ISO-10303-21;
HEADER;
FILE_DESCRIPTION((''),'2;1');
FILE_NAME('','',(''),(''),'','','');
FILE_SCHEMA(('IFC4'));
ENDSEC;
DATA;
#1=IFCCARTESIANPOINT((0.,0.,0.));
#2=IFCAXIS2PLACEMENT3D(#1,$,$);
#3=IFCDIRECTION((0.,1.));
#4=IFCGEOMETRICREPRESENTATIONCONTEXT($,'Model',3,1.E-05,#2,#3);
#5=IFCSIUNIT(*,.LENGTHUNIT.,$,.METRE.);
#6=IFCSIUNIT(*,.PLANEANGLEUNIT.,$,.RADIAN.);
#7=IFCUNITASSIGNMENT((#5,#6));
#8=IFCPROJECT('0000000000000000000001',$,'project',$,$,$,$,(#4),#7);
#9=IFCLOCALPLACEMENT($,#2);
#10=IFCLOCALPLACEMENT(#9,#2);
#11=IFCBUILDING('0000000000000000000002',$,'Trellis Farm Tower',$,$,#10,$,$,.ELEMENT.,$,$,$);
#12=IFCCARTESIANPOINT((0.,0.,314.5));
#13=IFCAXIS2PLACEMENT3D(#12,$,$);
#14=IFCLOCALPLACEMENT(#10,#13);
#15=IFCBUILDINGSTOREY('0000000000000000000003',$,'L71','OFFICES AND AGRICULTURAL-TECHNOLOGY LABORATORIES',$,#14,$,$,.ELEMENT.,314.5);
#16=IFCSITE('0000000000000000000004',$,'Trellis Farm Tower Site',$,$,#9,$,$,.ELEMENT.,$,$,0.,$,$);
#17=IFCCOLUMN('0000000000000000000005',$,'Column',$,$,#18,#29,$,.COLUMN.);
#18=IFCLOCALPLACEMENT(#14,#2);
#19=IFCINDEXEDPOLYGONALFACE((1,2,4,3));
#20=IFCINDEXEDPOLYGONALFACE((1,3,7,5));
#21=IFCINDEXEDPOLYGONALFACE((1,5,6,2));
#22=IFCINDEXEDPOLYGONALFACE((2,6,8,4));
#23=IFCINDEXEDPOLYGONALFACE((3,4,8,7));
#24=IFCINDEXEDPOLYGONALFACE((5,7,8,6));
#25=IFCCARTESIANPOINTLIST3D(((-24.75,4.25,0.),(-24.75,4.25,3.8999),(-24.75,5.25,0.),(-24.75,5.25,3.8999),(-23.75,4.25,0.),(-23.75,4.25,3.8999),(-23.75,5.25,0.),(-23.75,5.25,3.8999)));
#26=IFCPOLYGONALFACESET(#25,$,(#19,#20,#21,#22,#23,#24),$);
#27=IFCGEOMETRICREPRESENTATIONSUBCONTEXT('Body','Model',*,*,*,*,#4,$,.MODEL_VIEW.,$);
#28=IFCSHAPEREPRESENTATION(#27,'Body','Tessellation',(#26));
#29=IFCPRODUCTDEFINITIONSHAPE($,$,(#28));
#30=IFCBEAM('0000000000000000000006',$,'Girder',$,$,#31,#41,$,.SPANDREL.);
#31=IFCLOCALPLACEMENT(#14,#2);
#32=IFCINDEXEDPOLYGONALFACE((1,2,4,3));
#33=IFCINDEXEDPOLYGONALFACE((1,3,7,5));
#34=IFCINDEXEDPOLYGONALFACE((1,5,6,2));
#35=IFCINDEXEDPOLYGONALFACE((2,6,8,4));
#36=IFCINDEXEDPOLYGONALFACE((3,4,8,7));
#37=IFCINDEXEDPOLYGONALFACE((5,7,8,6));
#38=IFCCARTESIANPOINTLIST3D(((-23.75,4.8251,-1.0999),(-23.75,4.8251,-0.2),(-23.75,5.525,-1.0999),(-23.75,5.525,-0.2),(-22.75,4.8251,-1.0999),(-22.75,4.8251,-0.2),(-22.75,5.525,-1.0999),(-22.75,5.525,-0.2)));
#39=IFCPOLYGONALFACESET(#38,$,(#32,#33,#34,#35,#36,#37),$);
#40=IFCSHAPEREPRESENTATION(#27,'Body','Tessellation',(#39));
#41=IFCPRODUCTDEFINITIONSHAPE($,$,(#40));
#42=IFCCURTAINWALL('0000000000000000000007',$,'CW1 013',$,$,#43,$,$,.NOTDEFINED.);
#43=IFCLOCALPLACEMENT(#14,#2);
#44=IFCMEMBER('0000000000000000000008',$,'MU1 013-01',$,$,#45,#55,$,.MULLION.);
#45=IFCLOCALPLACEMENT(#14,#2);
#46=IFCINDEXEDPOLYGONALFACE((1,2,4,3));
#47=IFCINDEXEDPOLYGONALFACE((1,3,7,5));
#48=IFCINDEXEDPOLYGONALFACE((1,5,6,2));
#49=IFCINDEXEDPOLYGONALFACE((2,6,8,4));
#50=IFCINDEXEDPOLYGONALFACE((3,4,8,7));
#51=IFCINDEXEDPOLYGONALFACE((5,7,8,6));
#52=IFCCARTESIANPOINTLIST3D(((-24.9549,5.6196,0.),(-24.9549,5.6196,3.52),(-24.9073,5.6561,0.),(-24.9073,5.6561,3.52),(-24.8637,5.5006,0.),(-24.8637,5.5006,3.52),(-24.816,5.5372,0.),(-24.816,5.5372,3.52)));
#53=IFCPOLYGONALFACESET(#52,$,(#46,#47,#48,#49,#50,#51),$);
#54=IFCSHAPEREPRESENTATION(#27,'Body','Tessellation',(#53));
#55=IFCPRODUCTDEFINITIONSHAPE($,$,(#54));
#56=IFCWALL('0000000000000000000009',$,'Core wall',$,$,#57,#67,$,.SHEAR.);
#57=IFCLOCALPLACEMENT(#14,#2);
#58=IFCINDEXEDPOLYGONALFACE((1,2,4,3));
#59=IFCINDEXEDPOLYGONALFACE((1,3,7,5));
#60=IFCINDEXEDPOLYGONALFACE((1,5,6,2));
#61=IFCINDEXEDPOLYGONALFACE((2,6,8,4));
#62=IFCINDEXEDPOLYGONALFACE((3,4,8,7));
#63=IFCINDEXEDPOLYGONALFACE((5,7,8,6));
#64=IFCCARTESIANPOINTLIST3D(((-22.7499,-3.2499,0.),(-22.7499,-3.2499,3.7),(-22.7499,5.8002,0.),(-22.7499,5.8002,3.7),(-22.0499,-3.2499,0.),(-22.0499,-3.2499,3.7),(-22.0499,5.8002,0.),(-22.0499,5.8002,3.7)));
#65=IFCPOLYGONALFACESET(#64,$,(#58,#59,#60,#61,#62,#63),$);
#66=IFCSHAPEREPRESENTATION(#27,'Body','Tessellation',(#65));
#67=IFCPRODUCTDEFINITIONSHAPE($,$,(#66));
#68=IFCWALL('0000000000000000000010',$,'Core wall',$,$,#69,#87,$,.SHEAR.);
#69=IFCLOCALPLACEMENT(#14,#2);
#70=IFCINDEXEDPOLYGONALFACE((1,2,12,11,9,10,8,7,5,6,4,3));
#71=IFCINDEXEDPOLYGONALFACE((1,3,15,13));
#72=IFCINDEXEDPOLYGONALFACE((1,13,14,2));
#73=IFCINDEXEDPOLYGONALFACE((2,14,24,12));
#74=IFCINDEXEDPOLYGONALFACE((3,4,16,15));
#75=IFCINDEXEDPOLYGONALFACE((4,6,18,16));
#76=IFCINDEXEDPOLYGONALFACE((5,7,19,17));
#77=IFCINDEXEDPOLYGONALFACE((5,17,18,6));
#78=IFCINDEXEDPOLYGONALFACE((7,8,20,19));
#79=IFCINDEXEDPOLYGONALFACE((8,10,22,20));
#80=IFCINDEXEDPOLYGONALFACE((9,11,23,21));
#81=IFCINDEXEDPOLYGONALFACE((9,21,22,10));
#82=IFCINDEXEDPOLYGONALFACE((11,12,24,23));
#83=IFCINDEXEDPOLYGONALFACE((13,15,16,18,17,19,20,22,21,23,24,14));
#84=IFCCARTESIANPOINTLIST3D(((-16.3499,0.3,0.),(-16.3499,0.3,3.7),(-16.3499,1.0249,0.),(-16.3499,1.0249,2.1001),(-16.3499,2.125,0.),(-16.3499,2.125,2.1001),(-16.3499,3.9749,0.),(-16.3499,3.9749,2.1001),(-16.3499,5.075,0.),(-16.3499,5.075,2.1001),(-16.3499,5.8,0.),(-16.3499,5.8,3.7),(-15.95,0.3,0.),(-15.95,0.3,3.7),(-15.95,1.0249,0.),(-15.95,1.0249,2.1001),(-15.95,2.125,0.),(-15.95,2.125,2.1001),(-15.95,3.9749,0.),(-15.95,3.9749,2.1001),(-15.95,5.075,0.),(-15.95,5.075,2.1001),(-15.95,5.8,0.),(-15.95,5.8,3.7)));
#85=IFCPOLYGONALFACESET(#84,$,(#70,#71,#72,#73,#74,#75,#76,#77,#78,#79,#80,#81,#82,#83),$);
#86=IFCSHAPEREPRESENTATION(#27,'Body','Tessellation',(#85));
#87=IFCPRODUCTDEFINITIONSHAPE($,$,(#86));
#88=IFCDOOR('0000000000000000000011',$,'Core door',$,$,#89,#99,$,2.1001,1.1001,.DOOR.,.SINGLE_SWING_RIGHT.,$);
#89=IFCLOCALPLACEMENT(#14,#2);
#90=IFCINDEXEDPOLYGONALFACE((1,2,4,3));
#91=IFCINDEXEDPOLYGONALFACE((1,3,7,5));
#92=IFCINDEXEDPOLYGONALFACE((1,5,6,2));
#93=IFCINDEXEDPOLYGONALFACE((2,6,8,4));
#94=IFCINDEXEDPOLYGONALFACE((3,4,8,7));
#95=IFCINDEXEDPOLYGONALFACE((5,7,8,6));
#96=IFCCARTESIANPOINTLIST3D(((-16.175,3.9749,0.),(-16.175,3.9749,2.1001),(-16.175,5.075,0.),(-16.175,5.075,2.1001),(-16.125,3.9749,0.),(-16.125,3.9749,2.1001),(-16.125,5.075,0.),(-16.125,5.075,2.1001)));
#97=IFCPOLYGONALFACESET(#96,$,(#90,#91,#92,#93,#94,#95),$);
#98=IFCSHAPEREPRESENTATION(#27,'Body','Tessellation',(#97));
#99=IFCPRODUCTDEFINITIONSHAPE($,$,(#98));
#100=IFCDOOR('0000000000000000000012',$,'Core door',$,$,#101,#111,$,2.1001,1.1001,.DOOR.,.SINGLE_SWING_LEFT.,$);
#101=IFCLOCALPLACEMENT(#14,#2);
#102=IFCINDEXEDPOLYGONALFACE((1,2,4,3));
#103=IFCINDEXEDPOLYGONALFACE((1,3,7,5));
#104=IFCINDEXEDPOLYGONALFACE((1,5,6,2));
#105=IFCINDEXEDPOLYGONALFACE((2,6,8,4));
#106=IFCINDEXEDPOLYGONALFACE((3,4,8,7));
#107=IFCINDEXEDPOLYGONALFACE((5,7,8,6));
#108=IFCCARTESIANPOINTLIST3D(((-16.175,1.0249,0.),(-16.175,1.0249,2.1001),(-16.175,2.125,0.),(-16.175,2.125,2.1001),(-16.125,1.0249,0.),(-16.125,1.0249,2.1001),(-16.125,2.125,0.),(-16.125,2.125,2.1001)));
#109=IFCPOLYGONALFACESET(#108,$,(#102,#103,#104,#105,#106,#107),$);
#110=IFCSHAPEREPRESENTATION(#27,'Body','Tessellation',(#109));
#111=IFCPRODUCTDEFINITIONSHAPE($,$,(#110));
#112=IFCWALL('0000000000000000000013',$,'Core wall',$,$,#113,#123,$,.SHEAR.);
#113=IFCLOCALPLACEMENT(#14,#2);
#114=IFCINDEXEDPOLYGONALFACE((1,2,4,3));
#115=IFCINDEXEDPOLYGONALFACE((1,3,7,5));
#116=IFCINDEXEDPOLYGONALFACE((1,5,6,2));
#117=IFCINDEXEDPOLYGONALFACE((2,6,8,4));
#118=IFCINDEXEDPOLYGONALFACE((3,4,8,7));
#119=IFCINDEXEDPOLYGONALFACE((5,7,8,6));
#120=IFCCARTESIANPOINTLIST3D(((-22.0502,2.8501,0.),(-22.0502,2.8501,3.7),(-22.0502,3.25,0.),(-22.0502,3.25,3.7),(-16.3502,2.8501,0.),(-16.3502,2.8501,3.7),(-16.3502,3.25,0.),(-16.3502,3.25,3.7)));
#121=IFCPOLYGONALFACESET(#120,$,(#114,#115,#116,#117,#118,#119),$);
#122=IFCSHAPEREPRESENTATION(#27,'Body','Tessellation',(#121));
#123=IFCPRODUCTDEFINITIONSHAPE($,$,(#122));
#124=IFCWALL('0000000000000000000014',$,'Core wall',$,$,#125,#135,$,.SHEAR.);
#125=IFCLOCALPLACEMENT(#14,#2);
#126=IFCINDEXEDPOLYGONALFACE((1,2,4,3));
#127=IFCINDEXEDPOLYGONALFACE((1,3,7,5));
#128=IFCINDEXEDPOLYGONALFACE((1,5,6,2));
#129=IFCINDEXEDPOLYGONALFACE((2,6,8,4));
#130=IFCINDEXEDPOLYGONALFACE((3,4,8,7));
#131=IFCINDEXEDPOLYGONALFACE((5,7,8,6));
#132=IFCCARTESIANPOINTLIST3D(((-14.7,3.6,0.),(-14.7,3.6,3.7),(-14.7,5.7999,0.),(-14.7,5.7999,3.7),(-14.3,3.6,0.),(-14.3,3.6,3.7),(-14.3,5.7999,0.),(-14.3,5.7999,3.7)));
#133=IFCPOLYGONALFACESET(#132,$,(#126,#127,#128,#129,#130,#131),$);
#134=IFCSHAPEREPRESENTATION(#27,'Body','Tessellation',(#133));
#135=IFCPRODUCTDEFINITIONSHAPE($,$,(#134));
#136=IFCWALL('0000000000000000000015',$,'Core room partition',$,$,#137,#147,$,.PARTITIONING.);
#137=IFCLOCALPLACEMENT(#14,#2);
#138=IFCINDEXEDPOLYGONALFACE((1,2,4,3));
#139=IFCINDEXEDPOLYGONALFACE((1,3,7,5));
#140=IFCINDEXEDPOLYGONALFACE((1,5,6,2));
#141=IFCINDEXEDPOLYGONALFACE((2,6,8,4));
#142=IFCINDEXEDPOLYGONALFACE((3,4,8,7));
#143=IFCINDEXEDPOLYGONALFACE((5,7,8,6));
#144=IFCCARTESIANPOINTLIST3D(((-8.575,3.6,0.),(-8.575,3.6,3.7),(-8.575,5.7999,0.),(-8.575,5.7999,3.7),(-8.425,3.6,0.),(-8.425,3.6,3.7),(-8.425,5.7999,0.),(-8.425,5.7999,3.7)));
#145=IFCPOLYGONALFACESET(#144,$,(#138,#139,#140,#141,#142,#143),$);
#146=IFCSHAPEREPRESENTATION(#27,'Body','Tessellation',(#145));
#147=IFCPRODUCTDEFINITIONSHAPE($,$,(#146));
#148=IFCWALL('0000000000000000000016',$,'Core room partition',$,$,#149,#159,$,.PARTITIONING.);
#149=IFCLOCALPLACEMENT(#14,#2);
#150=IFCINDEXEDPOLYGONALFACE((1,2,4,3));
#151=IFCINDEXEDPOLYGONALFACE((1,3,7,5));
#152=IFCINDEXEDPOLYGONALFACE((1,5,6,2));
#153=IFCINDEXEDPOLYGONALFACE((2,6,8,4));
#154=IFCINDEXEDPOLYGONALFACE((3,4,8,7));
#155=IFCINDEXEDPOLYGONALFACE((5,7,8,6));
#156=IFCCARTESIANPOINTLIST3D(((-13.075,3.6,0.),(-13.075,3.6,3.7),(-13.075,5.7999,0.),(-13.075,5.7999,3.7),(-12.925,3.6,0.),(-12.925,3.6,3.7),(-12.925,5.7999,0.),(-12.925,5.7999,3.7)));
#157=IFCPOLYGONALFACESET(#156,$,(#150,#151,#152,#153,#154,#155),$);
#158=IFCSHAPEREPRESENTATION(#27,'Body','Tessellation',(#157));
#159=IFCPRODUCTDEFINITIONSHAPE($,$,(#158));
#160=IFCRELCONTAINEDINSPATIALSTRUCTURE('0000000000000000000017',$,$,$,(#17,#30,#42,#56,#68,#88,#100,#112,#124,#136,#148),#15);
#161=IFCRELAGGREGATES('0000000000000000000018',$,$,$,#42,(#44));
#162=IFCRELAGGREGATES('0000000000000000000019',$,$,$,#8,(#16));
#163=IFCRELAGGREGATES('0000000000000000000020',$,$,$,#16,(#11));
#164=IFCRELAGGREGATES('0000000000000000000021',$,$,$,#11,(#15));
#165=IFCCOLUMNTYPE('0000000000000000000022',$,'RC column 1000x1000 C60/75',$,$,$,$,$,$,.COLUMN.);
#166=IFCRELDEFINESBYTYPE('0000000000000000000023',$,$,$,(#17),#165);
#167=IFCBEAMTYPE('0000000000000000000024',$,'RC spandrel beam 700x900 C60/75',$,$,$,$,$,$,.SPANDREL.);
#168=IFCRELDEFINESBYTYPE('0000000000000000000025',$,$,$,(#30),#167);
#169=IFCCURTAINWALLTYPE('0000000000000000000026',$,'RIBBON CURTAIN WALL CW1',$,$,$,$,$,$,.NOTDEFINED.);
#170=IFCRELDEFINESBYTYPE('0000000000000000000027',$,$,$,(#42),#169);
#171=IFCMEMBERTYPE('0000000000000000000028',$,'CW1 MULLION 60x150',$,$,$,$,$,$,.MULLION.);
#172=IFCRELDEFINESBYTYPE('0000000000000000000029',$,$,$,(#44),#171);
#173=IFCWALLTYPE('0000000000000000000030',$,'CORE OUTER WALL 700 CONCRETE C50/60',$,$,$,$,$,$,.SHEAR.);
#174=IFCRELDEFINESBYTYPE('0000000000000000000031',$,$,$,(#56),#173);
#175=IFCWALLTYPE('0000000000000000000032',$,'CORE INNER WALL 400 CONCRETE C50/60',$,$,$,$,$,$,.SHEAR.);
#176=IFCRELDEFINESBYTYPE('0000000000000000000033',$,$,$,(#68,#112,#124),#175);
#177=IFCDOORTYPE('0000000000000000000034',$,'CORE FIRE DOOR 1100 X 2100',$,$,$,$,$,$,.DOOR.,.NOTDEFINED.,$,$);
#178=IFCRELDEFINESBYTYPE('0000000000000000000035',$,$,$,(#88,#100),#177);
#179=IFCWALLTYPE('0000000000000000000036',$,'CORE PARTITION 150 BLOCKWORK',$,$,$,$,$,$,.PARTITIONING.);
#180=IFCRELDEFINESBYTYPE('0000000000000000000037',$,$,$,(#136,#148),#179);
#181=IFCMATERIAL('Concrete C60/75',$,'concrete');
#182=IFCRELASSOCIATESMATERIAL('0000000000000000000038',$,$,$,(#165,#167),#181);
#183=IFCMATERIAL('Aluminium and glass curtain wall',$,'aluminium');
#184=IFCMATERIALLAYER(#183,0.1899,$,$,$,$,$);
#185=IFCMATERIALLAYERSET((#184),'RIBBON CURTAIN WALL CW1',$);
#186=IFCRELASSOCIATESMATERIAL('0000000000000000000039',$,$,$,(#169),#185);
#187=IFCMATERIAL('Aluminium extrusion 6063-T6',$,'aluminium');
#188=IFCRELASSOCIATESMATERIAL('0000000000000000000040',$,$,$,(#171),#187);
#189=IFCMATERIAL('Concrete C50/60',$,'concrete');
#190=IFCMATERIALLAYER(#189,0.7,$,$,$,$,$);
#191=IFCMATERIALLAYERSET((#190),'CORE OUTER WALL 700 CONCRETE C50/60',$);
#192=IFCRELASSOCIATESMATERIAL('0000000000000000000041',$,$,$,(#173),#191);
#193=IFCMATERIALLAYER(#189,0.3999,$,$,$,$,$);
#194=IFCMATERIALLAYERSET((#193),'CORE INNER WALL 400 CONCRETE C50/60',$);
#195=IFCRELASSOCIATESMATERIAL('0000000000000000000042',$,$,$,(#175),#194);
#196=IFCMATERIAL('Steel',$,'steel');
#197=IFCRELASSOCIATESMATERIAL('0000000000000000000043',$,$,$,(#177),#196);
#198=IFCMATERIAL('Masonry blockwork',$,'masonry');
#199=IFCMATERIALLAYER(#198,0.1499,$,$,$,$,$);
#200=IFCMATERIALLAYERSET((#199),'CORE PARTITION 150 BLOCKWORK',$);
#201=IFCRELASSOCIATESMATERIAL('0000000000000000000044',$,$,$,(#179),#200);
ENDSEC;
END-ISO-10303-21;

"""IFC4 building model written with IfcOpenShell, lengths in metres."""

from ifc_helpers import new_model, si_unit, direction, frame, frame_2d, origin, origin_2d, place, context, subcontext, project, spatial, rectangle, extrude, source, transform, mapped, material, layer, layer_set, material_profile, profile_set, type_object, element, fill, aggregate, save


model = new_model("IFC4")

# Units and contexts
model_context = context("Model", 3, precision=1e-05, world=origin(), true_north=direction((0.0, 1.0)))
body_context = subcontext(model_context, "Body", "Model", "MODEL_VIEW")
ifc_project = project(units=[si_unit("LENGTHUNIT", "METRE"), si_unit("PLANEANGLEUNIT", "RADIAN")], contexts=[model_context])

# Site, building, storey
site_placement = place(None, origin())
site = spatial("IfcSite", under=ifc_project, at=site_placement, Name="Trellis Farm Tower Site", CompositionType="ELEMENT", RefElevation=0.0)
building_placement = place(site_placement, origin())
building = spatial("IfcBuilding", under=site, at=building_placement, Name="Trellis Farm Tower", CompositionType="ELEMENT")
storey_placement = place(building_placement, frame((0.0, 0.0, 314.5)))
storey = spatial("IfcBuildingStorey", under=building, at=storey_placement, Name="L71", Description="OFFICES AND AGRICULTURAL-TECHNOLOGY LABORATORIES", CompositionType="ELEMENT", Elevation=314.5)

# Column
ifc_material_1 = material(Name="Concrete C60/75", Category="concrete")
ifc_material_profile_1 = material_profile(ifc_material_1, rectangle(XDim=1.0, YDim=1.0, at=origin_2d()), Name="RC column 1000x1000 C60/75")
ifc_profile_set_1 = profile_set([ifc_material_profile_1], Name="Concrete C60/75")
column_type = type_object("IfcColumnType", Name="RC column 1000x1000 C60/75", PredefinedType="COLUMN", material=ifc_profile_set_1)
shared_shape_1 = source(origin(), body_context, "Body", "SweptSolid", [
    extrude(rectangle(XDim=1.0, YDim=1.0, at=origin_2d()), origin(), (0.0, 0.0, 1.0), 3.8999),
])
column_placement = place(storey_placement, frame((-24.25, 4.75, 0.0), z_axis=(0.0, 0.0, 1.0), x_axis=(1.0, 0.0, 0.0)))
element("IfcColumn", 1, at=column_placement, inside=storey, type_object=column_type, Name="Column", PredefinedType="COLUMN", context=body_context, shape_type="MappedRepresentation", body=[
    mapped(shared_shape_1, transform((0.0, 0.0, 0.0))),
])

# Beam
ifc_material_profile_2 = material_profile(ifc_material_1, rectangle(XDim=0.7, YDim=0.8999, at=origin_2d()), Name="RC spandrel beam 700x900 C60/75")
ifc_profile_set_2 = profile_set([ifc_material_profile_2], Name="Concrete C60/75")
beam_type = type_object("IfcBeamType", Name="RC spandrel beam 700x900 C60/75", PredefinedType="SPANDREL", material=ifc_profile_set_2)
shared_shape_2 = source(origin(), body_context, "Body", "SweptSolid", [
    extrude(rectangle(XDim=0.7, YDim=0.8999, at=origin_2d()), origin(), (0.0, 0.0, 1.0), 1.0),
])
beam_placement = place(storey_placement, frame((-23.75, 5.175, -0.6499), z_axis=(1.0, 0.0, 0.0), x_axis=(0.0, 1.0, 0.0)))
element("IfcBeam", 2, at=beam_placement, inside=storey, type_object=beam_type, Name="Girder", PredefinedType="SPANDREL", context=body_context, shape_type="MappedRepresentation", body=[
    mapped(shared_shape_2, transform((0.0, 0.0, 0.0))),
])

# Curtain wall, member
ifc_material_2 = material(Name="Aluminium and glass curtain wall", Category="aluminium")
ifc_layer_1 = layer(ifc_material_2, 0.1899)
ifc_layer_set_1 = layer_set([ifc_layer_1], Name="RIBBON CURTAIN WALL CW1")
curtain_wall_type = type_object("IfcCurtainWallType", Name="RIBBON CURTAIN WALL CW1", PredefinedType="NOTDEFINED", material=ifc_layer_set_1)
placement = place(storey_placement, origin())
curtain_wall = element("IfcCurtainWall", 3, at=placement, inside=storey, type_object=curtain_wall_type, Name="CW1 013", PredefinedType="NOTDEFINED")
ifc_material_3 = material(Name="Aluminium extrusion 6063-T6", Category="aluminium")
ifc_material_profile_3 = material_profile(ifc_material_3, rectangle(XDim=0.0601, YDim=0.1499, at=origin_2d()), Name="MULLION 60x150")
ifc_profile_set_3 = profile_set([ifc_material_profile_3], Name="Aluminium extrusion 6063-T6")
member_type = type_object("IfcMemberType", Name="CW1 MULLION 60x150", PredefinedType="MULLION", material=ifc_profile_set_3)
shared_shape_3 = source(origin(), body_context, "Body", "SweptSolid", [
    extrude(rectangle(XDim=0.0601, YDim=0.1499, at=origin_2d()), origin(), (0.0, 0.0, 1.0), 3.52),
])
member_placement = place(storey_placement, frame((-24.8855, 5.5784, 0.0), z_axis=(0.0, 0.0, 1.0), x_axis=(-0.793353, -0.608761, 0.0)))
member = element("IfcMember", 4, at=member_placement, type_object=member_type, Name="MU1 013-01", PredefinedType="MULLION", context=body_context, shape_type="MappedRepresentation", body=[
    mapped(shared_shape_3, transform((0.0, 0.0, 0.0))),
])
aggregate(curtain_wall, [member])

# Wall
ifc_material_4 = material(Name="Concrete C50/60", Category="concrete")
ifc_layer_2 = layer(ifc_material_4, 0.7)
ifc_layer_set_2 = layer_set([ifc_layer_2], Name="CORE OUTER WALL 700 CONCRETE C50/60")
wall_type_1 = type_object("IfcWallType", Name="CORE OUTER WALL 700 CONCRETE C50/60", PredefinedType="SHEAR", material=ifc_layer_set_2)
shared_shape_4 = source(origin(), body_context, "Body", "SweptSolid", [
    extrude(rectangle(XDim=9.05, YDim=0.7, at=frame_2d((4.5249, 0.0))), origin(), (0.0, 0.0, 1.0), 3.7),
])
wall_1_placement = place(storey_placement, frame((-22.3999, 5.8, 0.0), z_axis=(0.0, 0.0, 1.0), x_axis=(0.0, -1.0, 0.0)))
element("IfcWall", 5, at=wall_1_placement, inside=storey, type_object=wall_type_1, Name="Core wall", PredefinedType="SHEAR", context=body_context, shape_type="MappedRepresentation", body=[
    mapped(shared_shape_4, transform((0.0, 0.0, 0.0))),
])

# Wall, openings, doors
ifc_layer_3 = layer(ifc_material_4, 0.3999)
ifc_layer_set_3 = layer_set([ifc_layer_3], Name="CORE INNER WALL 400 CONCRETE C50/60")
wall_type_2 = type_object("IfcWallType", Name="CORE INNER WALL 400 CONCRETE C50/60", PredefinedType="SHEAR", material=ifc_layer_set_3)
shared_shape_5 = source(origin(), body_context, "Body", "SweptSolid", [
    extrude(rectangle(XDim=5.5, YDim=0.3999, at=frame_2d((2.75, 0.0))), origin(), (0.0, 0.0, 1.0), 3.7),
])
wall_2_placement = place(storey_placement, frame((-16.1499, 5.8, 0.0), z_axis=(0.0, 0.0, 1.0), x_axis=(0.0, -1.0, 0.0)))
wall_2 = element("IfcWall", 6, at=wall_2_placement, inside=storey, type_object=wall_type_2, Name="Core wall", PredefinedType="SHEAR", context=body_context, shape_type="MappedRepresentation", body=[
    mapped(shared_shape_5, transform((0.0, 0.0, 0.0))),
])
shared_shape_6 = source(origin(), body_context, "Body", "SweptSolid", [
    extrude(rectangle(XDim=1.1001, YDim=2.1001, at=frame_2d((0.55, 1.05))), frame((0.0, 0.21, 0.0), z_axis=(0.0, -1.0, 0.0), x_axis=(1.0, 0.0, 0.0)), (0.0, 0.0, 1.0), 0.4199),
])
opening_1_placement = place(wall_2_placement, frame((0.7251, 0.0, 0.0)))
opening_1 = element("IfcOpeningElement", 7, at=opening_1_placement, cuts=wall_2, PredefinedType="OPENING", context=body_context, shape_type="MappedRepresentation", body=[
    mapped(shared_shape_6, transform((0.0, 0.0, 0.0))),
])
opening_2_placement = place(wall_2_placement, frame((3.675, 0.0, 0.0)))
opening_2 = element("IfcOpeningElement", 8, at=opening_2_placement, cuts=wall_2, PredefinedType="OPENING", context=body_context, shape_type="MappedRepresentation", body=[
    mapped(shared_shape_6, transform((0.0, 0.0, 0.0))),
])
ifc_material_5 = material(Name="Steel", Category="steel")
door_type = type_object("IfcDoorType", Name="CORE FIRE DOOR 1100 X 2100", OperationType="NOTDEFINED", PredefinedType="DOOR", material=ifc_material_5)
shared_shape_7 = source(origin(), body_context, "Body", "SweptSolid", [
    extrude(rectangle(XDim=1.1001, YDim=2.1001, at=frame_2d((0.55, 1.05))), frame((0.0, 0.0249, 0.0), z_axis=(0.0, -1.0, 0.0), x_axis=(1.0, 0.0, 0.0)), (0.0, 0.0, 1.0), 0.05),
])
door_1_placement = place(opening_1_placement, origin())
door_1 = element("IfcDoor", 9, at=door_1_placement, inside=storey, type_object=door_type, Name="Core door", OperationType="SINGLE_SWING_RIGHT", OverallHeight=2.1001, OverallWidth=1.1001, PredefinedType="DOOR", context=body_context, shape_type="MappedRepresentation", body=[
    mapped(shared_shape_7, transform((0.0, 0.0, 0.0))),
])
fill(opening_1, door_1)
door_2_placement = place(opening_2_placement, origin())
door_2 = element("IfcDoor", 10, at=door_2_placement, inside=storey, type_object=door_type, Name="Core door", OperationType="SINGLE_SWING_LEFT", OverallHeight=2.1001, OverallWidth=1.1001, PredefinedType="DOOR", context=body_context, shape_type="MappedRepresentation", body=[
    mapped(shared_shape_7, transform((0.0, 0.0, 0.0))),
])
fill(opening_2, door_2)

# Walls
shared_shape_8 = source(origin(), body_context, "Body", "SweptSolid", [
    extrude(rectangle(XDim=5.7, YDim=0.3999, at=frame_2d((2.8501, 0.0))), origin(), (0.0, 0.0, 1.0), 3.7),
])
wall_3_placement = place(storey_placement, frame((-16.3501, 3.05, 0.0), z_axis=(0.0, 0.0, 1.0), x_axis=(-1.0, 0.0, 0.0)))
element("IfcWall", 11, at=wall_3_placement, inside=storey, type_object=wall_type_2, Name="Core wall", PredefinedType="SHEAR", context=body_context, shape_type="MappedRepresentation", body=[
    mapped(shared_shape_8, transform((0.0, 0.0, 0.0))),
])
shared_shape_9 = source(origin(), body_context, "Body", "SweptSolid", [
    extrude(rectangle(XDim=2.2, YDim=0.3999, at=frame_2d((1.1001, 0.0))), origin(), (0.0, 0.0, 1.0), 3.7),
])
wall_4_placement = place(storey_placement, frame((-14.5, 5.8, 0.0), z_axis=(0.0, 0.0, 1.0), x_axis=(0.0, -1.0, 0.0)))
element("IfcWall", 12, at=wall_4_placement, inside=storey, type_object=wall_type_2, Name="Core wall", PredefinedType="SHEAR", context=body_context, shape_type="MappedRepresentation", body=[
    mapped(shared_shape_9, transform((0.0, 0.0, 0.0))),
])
ifc_material_6 = material(Name="Masonry blockwork", Category="masonry")
ifc_layer_4 = layer(ifc_material_6, 0.1499)
ifc_layer_set_4 = layer_set([ifc_layer_4], Name="CORE PARTITION 150 BLOCKWORK")
wall_type_3 = type_object("IfcWallType", Name="CORE PARTITION 150 BLOCKWORK", PredefinedType="PARTITIONING", material=ifc_layer_set_4)
shared_shape_10 = source(origin(), body_context, "Body", "SweptSolid", [
    extrude(rectangle(XDim=2.2, YDim=0.1499, at=frame_2d((1.1001, 0.0))), origin(), (0.0, 0.0, 1.0), 3.7),
])
for number, where, z_axis, x_axis, name in (
    (13, (-8.5, 5.8, 0.0), (0.0, 0.0, 1.0), (0.0, -1.0, 0.0), "Core room partition"),
    (14, (-13.0, 5.8, 0.0), (0.0, 0.0, 1.0), (0.0, -1.0, 0.0), "Core room partition"),
):
    element("IfcWall", number, at=place(storey_placement, frame(where, z_axis=z_axis, x_axis=x_axis)), inside=storey, type_object=wall_type_3, Name=name, PredefinedType="PARTITIONING", context=body_context, shape_type="MappedRepresentation", body=[
        mapped(shared_shape_10, transform((0.0, 0.0, 0.0))),
    ])

save(model, "model.ifc")
